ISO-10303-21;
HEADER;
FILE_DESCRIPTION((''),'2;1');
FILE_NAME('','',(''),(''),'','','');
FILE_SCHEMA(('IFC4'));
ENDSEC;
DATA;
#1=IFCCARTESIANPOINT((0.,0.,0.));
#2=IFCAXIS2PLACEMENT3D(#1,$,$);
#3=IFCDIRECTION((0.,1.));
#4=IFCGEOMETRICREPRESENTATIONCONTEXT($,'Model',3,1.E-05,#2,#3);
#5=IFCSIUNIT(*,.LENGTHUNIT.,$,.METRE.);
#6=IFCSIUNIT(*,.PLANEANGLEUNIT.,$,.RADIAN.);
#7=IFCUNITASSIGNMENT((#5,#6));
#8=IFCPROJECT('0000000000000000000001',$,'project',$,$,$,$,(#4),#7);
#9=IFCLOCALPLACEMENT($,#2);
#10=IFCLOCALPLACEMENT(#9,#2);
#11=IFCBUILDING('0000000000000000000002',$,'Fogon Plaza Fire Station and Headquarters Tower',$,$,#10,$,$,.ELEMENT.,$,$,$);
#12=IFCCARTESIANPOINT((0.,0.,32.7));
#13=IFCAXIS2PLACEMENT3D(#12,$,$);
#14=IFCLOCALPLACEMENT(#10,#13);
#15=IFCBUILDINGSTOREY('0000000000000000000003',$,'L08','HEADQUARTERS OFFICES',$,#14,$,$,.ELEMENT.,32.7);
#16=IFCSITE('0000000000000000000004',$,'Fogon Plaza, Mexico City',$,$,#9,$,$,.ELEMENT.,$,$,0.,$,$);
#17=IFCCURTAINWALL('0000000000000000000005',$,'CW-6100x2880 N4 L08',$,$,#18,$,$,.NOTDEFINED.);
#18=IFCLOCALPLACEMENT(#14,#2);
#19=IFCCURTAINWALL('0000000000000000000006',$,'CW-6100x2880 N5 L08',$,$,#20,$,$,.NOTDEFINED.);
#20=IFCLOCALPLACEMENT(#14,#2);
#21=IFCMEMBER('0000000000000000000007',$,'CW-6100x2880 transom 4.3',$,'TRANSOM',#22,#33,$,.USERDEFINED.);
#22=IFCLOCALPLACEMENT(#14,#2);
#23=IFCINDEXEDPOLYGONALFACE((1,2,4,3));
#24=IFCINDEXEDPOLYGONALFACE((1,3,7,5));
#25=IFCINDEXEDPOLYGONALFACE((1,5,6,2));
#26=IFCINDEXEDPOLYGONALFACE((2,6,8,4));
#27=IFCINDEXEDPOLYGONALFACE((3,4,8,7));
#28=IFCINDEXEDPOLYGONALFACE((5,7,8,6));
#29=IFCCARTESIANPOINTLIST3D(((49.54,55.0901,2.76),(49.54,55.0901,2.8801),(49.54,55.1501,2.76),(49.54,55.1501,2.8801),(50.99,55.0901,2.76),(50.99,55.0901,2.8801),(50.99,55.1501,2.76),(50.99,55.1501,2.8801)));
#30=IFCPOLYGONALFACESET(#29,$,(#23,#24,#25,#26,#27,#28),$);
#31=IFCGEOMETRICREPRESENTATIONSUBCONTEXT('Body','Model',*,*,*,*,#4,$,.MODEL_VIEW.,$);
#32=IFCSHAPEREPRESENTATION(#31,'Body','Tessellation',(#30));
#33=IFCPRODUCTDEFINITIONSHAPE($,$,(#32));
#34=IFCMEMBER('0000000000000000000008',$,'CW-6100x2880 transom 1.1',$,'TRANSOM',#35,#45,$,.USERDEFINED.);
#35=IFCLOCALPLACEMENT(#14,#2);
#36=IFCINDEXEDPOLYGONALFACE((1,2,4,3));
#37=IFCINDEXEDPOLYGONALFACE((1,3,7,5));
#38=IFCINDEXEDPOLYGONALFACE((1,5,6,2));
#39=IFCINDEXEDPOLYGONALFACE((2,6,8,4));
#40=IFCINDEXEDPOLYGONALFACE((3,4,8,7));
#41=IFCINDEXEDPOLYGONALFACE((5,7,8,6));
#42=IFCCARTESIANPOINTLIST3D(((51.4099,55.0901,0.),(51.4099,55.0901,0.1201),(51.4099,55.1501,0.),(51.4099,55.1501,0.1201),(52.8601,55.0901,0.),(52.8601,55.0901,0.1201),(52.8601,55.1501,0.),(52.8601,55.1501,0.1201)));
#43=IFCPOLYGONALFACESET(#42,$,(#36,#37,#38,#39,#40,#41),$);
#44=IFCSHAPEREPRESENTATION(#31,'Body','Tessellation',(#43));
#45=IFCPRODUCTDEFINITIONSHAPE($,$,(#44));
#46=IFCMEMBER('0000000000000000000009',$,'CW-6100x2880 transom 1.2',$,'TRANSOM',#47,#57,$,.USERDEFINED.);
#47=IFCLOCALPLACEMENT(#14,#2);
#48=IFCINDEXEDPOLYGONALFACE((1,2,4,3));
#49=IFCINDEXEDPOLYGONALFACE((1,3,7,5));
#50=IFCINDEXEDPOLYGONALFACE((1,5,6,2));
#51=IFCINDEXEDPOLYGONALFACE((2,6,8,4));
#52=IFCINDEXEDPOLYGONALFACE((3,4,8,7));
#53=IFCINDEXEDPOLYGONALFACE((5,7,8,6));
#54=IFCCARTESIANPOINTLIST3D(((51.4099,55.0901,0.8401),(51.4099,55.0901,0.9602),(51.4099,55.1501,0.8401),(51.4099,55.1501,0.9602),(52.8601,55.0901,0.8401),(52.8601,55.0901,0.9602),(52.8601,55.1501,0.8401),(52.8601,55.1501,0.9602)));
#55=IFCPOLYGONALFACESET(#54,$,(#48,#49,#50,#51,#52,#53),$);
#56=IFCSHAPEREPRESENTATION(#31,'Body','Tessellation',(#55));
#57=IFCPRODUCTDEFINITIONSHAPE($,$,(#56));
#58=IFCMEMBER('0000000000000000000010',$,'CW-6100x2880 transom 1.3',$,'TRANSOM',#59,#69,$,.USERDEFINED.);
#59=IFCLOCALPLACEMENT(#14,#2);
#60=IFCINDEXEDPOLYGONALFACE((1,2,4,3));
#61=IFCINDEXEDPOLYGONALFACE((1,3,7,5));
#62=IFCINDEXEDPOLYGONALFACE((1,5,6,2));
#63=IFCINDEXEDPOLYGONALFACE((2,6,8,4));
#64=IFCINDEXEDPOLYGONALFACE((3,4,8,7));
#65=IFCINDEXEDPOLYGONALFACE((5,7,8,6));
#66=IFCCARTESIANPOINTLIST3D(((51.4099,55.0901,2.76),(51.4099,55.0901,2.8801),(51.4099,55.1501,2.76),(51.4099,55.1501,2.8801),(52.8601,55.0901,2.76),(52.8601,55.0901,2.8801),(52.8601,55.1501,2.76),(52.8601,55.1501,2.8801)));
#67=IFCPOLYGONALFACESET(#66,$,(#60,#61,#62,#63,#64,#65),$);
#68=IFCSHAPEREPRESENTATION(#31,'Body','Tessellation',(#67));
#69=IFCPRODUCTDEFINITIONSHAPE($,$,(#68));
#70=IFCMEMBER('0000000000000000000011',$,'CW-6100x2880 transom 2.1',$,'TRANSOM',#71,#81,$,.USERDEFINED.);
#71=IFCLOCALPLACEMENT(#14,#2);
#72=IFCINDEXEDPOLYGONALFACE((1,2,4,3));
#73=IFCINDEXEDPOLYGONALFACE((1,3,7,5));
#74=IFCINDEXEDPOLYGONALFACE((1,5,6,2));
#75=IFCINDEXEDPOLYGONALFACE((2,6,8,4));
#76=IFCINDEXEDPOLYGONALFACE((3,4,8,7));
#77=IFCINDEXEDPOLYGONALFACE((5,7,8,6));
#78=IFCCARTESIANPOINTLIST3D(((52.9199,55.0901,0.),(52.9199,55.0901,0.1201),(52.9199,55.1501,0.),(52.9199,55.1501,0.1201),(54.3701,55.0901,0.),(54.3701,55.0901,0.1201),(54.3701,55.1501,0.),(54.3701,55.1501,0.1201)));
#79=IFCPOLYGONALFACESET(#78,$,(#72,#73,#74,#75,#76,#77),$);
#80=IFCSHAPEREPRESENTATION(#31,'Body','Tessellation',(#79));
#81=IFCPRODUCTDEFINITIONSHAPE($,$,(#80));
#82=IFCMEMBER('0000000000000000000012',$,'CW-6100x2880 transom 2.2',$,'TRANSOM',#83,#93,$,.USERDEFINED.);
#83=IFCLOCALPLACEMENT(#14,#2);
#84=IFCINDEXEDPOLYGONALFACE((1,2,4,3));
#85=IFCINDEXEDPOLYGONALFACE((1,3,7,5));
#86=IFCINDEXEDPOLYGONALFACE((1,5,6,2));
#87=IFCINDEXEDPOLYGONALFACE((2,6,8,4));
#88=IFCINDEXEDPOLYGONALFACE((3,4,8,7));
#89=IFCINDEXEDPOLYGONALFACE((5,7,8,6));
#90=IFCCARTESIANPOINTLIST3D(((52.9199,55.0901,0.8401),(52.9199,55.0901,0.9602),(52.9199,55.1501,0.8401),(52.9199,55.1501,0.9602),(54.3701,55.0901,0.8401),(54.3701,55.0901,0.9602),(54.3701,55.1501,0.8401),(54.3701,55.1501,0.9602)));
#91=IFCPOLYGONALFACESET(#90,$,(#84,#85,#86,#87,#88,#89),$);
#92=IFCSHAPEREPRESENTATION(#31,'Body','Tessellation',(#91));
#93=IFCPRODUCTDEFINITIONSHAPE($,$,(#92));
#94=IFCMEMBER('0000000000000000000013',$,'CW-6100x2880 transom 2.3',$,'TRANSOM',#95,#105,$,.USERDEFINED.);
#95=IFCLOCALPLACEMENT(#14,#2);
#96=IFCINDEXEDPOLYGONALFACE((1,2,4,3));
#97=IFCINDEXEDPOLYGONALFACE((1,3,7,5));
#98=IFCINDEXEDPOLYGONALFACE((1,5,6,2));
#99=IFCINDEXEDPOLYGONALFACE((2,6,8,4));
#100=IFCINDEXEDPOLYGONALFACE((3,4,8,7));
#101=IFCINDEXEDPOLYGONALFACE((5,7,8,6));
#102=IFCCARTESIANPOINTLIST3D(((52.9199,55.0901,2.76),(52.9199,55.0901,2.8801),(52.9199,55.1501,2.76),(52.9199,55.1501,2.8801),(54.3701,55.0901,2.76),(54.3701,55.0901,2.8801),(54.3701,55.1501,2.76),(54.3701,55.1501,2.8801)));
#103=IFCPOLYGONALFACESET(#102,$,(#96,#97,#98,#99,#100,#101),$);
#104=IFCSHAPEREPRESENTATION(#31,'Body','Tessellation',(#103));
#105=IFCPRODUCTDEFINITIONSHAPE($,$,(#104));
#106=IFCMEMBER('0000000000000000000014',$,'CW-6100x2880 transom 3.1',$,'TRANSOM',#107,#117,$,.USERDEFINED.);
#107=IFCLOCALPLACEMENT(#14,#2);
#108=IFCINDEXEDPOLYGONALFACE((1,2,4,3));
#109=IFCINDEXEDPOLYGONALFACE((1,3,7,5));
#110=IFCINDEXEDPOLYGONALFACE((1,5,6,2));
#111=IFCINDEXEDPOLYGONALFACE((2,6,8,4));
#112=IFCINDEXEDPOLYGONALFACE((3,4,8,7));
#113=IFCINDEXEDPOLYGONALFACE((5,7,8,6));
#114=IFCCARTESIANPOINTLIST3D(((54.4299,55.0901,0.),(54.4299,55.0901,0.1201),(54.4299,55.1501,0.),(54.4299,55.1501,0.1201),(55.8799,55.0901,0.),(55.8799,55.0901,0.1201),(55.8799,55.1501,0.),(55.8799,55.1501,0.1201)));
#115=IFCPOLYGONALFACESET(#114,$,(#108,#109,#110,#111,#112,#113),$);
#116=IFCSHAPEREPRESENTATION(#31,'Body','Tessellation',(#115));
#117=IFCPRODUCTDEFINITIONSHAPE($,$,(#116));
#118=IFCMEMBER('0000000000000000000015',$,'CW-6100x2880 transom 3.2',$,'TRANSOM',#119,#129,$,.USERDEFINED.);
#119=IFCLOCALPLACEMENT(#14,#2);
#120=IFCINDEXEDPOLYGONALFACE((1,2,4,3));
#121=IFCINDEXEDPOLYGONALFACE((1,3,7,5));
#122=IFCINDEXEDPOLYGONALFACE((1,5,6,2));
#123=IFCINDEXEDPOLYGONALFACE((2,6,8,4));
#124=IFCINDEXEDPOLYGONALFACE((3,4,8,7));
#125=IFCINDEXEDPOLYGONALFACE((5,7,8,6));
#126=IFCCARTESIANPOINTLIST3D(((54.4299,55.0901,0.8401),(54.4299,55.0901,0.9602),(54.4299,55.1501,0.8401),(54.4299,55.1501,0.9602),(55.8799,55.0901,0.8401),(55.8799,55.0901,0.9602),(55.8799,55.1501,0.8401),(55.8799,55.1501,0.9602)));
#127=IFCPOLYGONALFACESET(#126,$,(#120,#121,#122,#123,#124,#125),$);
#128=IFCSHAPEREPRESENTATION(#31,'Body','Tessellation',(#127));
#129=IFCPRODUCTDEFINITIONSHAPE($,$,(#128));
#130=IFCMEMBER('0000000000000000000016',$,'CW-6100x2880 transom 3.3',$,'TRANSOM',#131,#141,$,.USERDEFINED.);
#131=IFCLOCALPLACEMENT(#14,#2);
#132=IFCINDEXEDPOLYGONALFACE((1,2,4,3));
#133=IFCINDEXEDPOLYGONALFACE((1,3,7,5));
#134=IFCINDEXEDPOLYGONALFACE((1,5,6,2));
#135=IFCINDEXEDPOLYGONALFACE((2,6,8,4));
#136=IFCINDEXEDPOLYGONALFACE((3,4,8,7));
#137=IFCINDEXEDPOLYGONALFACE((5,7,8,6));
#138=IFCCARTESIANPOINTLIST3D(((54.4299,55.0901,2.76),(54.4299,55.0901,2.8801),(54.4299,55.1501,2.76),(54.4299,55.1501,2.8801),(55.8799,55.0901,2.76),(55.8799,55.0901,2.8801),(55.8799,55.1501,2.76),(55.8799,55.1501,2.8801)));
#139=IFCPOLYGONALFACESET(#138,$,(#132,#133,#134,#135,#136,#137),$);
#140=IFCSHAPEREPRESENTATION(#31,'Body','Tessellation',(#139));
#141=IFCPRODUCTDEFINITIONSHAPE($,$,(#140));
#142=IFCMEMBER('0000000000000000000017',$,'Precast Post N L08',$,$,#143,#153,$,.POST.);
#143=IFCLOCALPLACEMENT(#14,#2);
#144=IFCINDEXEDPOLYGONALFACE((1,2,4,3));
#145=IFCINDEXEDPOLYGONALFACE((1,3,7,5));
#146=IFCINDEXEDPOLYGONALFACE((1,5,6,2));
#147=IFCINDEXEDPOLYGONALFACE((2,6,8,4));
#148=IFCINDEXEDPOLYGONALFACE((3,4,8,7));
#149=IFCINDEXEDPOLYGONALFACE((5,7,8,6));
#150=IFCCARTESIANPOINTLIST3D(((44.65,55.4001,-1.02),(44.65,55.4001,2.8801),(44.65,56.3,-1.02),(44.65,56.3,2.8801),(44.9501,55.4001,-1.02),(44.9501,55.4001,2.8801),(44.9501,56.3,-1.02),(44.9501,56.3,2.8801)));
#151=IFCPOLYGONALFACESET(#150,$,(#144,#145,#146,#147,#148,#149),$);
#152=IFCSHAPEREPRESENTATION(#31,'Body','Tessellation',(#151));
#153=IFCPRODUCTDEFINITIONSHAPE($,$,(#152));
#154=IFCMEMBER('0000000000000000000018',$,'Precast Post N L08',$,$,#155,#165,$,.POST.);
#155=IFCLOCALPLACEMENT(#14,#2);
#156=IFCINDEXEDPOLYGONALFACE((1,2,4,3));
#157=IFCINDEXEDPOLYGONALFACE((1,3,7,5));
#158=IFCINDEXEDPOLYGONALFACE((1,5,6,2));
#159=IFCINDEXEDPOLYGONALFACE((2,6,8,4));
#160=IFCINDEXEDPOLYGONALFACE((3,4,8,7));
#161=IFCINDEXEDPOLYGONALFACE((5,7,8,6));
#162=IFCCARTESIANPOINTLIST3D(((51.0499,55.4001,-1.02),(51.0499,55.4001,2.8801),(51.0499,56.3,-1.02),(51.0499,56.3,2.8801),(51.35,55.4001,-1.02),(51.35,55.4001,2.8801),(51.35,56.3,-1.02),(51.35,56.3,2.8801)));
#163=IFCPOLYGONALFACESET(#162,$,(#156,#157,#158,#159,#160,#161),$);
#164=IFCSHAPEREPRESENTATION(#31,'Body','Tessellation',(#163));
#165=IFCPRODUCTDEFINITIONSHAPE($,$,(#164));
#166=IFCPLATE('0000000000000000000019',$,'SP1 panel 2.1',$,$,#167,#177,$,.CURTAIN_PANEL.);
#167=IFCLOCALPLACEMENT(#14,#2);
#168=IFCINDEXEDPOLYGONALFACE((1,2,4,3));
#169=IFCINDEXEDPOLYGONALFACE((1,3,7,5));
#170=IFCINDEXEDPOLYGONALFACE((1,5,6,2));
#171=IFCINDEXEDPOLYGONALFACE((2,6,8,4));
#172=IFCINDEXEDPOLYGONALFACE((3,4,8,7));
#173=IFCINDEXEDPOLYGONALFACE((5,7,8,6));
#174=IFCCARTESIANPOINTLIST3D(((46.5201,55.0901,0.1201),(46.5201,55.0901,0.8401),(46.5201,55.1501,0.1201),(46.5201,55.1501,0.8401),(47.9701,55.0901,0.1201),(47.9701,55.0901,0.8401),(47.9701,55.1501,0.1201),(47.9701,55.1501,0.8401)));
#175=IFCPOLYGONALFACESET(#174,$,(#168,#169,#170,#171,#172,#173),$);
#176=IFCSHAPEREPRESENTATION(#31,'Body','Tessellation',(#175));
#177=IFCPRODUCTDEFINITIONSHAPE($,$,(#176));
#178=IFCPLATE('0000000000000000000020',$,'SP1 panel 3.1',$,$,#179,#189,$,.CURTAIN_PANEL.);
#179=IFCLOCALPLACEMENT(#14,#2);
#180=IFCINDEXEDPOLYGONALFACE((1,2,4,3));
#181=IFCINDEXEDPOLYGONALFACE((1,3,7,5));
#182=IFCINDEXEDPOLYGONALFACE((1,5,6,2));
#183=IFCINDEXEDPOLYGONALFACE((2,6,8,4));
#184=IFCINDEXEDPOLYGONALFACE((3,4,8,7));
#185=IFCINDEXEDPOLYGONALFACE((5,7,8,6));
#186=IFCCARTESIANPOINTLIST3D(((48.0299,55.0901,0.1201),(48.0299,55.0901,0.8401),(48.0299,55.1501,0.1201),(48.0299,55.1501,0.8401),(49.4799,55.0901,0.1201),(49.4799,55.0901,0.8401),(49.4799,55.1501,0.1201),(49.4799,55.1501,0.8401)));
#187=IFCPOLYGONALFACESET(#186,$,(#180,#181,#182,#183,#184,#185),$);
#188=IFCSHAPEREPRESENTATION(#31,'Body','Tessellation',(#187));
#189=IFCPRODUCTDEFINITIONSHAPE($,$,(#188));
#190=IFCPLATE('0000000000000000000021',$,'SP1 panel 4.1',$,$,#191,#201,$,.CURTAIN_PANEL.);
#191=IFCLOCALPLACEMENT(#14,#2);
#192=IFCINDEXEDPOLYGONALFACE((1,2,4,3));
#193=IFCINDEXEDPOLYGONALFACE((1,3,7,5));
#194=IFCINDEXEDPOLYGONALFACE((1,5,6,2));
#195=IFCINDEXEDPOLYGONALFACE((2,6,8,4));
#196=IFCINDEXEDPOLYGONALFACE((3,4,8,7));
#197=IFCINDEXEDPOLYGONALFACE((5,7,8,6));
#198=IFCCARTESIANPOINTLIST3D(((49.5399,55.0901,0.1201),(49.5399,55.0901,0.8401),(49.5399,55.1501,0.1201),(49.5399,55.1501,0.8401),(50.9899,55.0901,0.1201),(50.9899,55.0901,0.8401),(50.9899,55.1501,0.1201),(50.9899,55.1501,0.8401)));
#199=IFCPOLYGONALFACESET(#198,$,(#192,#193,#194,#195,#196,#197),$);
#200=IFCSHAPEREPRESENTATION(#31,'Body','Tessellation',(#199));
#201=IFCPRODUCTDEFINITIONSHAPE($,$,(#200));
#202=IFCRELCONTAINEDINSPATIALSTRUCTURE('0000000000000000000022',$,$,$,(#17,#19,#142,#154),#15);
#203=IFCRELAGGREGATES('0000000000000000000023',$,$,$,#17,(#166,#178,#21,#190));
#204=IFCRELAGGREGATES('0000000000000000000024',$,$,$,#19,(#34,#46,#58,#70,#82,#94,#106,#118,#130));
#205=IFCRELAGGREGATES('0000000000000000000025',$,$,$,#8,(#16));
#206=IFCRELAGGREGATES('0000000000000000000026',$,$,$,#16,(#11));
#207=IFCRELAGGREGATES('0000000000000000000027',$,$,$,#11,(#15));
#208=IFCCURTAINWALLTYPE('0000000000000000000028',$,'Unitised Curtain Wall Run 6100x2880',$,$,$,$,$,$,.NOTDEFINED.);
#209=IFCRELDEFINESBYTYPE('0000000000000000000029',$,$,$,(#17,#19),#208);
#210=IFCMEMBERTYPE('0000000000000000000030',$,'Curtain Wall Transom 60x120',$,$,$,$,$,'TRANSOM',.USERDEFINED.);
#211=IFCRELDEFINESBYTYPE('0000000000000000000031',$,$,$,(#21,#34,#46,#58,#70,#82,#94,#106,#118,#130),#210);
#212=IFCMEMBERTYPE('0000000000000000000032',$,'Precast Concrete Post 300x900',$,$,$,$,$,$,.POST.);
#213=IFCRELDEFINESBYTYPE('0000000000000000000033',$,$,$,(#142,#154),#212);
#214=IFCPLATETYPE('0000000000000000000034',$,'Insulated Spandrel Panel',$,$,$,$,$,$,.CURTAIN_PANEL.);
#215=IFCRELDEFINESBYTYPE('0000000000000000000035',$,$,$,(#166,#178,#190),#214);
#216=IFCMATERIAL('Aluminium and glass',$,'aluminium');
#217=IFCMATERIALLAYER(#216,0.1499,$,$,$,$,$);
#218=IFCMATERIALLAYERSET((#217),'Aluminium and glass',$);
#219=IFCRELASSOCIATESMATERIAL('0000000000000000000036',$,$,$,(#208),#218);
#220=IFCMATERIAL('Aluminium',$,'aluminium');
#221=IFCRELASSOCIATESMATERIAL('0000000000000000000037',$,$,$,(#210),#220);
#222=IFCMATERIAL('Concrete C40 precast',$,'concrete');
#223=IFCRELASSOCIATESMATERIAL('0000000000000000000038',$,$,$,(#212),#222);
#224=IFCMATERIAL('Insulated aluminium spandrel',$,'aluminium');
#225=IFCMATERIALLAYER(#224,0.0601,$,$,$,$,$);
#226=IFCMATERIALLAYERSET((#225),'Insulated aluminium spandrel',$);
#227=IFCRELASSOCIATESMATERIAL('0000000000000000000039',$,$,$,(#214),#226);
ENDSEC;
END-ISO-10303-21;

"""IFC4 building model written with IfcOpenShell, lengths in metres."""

from ifc_helpers import new_model, si_unit, direction, frame, origin, origin_2d, place, context, subcontext, project, spatial, rectangle, extrude, material, layer, layer_set, material_profile, profile_set, type_object, element, aggregate, save


model = new_model("IFC4")

# Units and contexts
model_context = context("Model", 3, precision=1e-05, world=origin(), true_north=direction((0.0, 1.0)))
body_context = subcontext(model_context, "Body", "Model", "MODEL_VIEW")
ifc_project = project(units=[si_unit("LENGTHUNIT", "METRE"), si_unit("PLANEANGLEUNIT", "RADIAN")], contexts=[model_context])

# Site, building, storey
site_placement = place(None, origin())
site = spatial("IfcSite", under=ifc_project, at=site_placement, Name="Fogon Plaza, Mexico City", CompositionType="ELEMENT", RefElevation=0.0)
building_placement = place(site_placement, origin())
building = spatial("IfcBuilding", under=site, at=building_placement, Name="Fogon Plaza Fire Station and Headquarters Tower", CompositionType="ELEMENT")
storey_placement = place(building_placement, frame((0.0, 0.0, 32.7)))
storey = spatial("IfcBuildingStorey", under=building, at=storey_placement, Name="L08", Description="HEADQUARTERS OFFICES", CompositionType="ELEMENT", Elevation=32.7)

# Curtain walls
ifc_material_1 = material(Name="Aluminium and glass", Category="aluminium")
ifc_layer_1 = layer(ifc_material_1, 0.1499)
ifc_layer_set_1 = layer_set([ifc_layer_1], Name="Aluminium and glass")
curtain_wall_type = type_object("IfcCurtainWallType", Name="Unitised Curtain Wall Run 6100x2880", PredefinedType="NOTDEFINED", material=ifc_layer_set_1)
curtain_wall_1_placement = place(storey_placement, origin())
curtain_wall_1 = element("IfcCurtainWall", 1, at=curtain_wall_1_placement, inside=storey, type_object=curtain_wall_type, Name="CW-6100x2880 N4 L08", PredefinedType="NOTDEFINED")
curtain_wall_2_placement = place(storey_placement, origin())
curtain_wall_2 = element("IfcCurtainWall", 2, at=curtain_wall_2_placement, inside=storey, type_object=curtain_wall_type, Name="CW-6100x2880 N5 L08", PredefinedType="NOTDEFINED")

# Members
ifc_material_2 = material(Name="Aluminium", Category="aluminium")
ifc_material_profile_1 = material_profile(ifc_material_2, rectangle(XDim=0.0601, YDim=0.1201, at=origin_2d()), Name="Curtain Wall Transom 60x120")
ifc_profile_set_1 = profile_set([ifc_material_profile_1], Name="Aluminium")
member_type_1 = type_object("IfcMemberType", Name="Curtain Wall Transom 60x120", ElementType="TRANSOM", PredefinedType="USERDEFINED", material=ifc_profile_set_1)
member_1_placement = place(storey_placement, frame((49.54, 55.1201, 2.8201), z_axis=(1.0, 0.0, 0.0), x_axis=(0.0, 1.0, 0.0)))
member_1 = element("IfcMember", 3, at=member_1_placement, type_object=member_type_1, Name="CW-6100x2880 transom 4.3", ObjectType="TRANSOM", PredefinedType="USERDEFINED", context=body_context, shape_type="SweptSolid", body=[
    extrude(rectangle(XDim=0.0601, YDim=0.1201, at=origin_2d()), origin(), (0.0, 0.0, 1.0), 1.45),
])
member_2_placement = place(storey_placement, frame((51.4099, 55.1201, 0.0601), z_axis=(1.0, 0.0, 0.0), x_axis=(0.0, 1.0, 0.0)))
member_2 = element("IfcMember", 4, at=member_2_placement, type_object=member_type_1, Name="CW-6100x2880 transom 1.1", ObjectType="TRANSOM", PredefinedType="USERDEFINED", context=body_context, shape_type="SweptSolid", body=[
    extrude(rectangle(XDim=0.0601, YDim=0.1201, at=origin_2d()), origin(), (0.0, 0.0, 1.0), 1.4502),
])
member_3_placement = place(storey_placement, frame((51.4099, 55.1201, 0.9001), z_axis=(1.0, 0.0, 0.0), x_axis=(0.0, 1.0, 0.0)))
member_3 = element("IfcMember", 5, at=member_3_placement, type_object=member_type_1, Name="CW-6100x2880 transom 1.2", ObjectType="TRANSOM", PredefinedType="USERDEFINED", context=body_context, shape_type="SweptSolid", body=[
    extrude(rectangle(XDim=0.0601, YDim=0.1201, at=origin_2d()), origin(), (0.0, 0.0, 1.0), 1.4502),
])
member_4_placement = place(storey_placement, frame((51.4099, 55.1201, 2.8201), z_axis=(1.0, 0.0, 0.0), x_axis=(0.0, 1.0, 0.0)))
member_4 = element("IfcMember", 6, at=member_4_placement, type_object=member_type_1, Name="CW-6100x2880 transom 1.3", ObjectType="TRANSOM", PredefinedType="USERDEFINED", context=body_context, shape_type="SweptSolid", body=[
    extrude(rectangle(XDim=0.0601, YDim=0.1201, at=origin_2d()), origin(), (0.0, 0.0, 1.0), 1.4502),
])
member_5_placement = place(storey_placement, frame((52.9199, 55.1201, 0.0601), z_axis=(1.0, 0.0, 0.0), x_axis=(0.0, 1.0, 0.0)))
member_5 = element("IfcMember", 7, at=member_5_placement, type_object=member_type_1, Name="CW-6100x2880 transom 2.1", ObjectType="TRANSOM", PredefinedType="USERDEFINED", context=body_context, shape_type="SweptSolid", body=[
    extrude(rectangle(XDim=0.0601, YDim=0.1201, at=origin_2d()), origin(), (0.0, 0.0, 1.0), 1.4502),
])
member_6_placement = place(storey_placement, frame((52.9199, 55.1201, 0.9001), z_axis=(1.0, 0.0, 0.0), x_axis=(0.0, 1.0, 0.0)))
member_6 = element("IfcMember", 8, at=member_6_placement, type_object=member_type_1, Name="CW-6100x2880 transom 2.2", ObjectType="TRANSOM", PredefinedType="USERDEFINED", context=body_context, shape_type="SweptSolid", body=[
    extrude(rectangle(XDim=0.0601, YDim=0.1201, at=origin_2d()), origin(), (0.0, 0.0, 1.0), 1.4502),
])
member_7_placement = place(storey_placement, frame((52.9199, 55.1201, 2.8201), z_axis=(1.0, 0.0, 0.0), x_axis=(0.0, 1.0, 0.0)))
member_7 = element("IfcMember", 9, at=member_7_placement, type_object=member_type_1, Name="CW-6100x2880 transom 2.3", ObjectType="TRANSOM", PredefinedType="USERDEFINED", context=body_context, shape_type="SweptSolid", body=[
    extrude(rectangle(XDim=0.0601, YDim=0.1201, at=origin_2d()), origin(), (0.0, 0.0, 1.0), 1.4502),
])
member_8_placement = place(storey_placement, frame((54.4299, 55.1201, 0.0601), z_axis=(1.0, 0.0, 0.0), x_axis=(0.0, 1.0, 0.0)))
member_8 = element("IfcMember", 10, at=member_8_placement, type_object=member_type_1, Name="CW-6100x2880 transom 3.1", ObjectType="TRANSOM", PredefinedType="USERDEFINED", context=body_context, shape_type="SweptSolid", body=[
    extrude(rectangle(XDim=0.0601, YDim=0.1201, at=origin_2d()), origin(), (0.0, 0.0, 1.0), 1.45),
])
member_9_placement = place(storey_placement, frame((54.4299, 55.1201, 0.9001), z_axis=(1.0, 0.0, 0.0), x_axis=(0.0, 1.0, 0.0)))
member_9 = element("IfcMember", 11, at=member_9_placement, type_object=member_type_1, Name="CW-6100x2880 transom 3.2", ObjectType="TRANSOM", PredefinedType="USERDEFINED", context=body_context, shape_type="SweptSolid", body=[
    extrude(rectangle(XDim=0.0601, YDim=0.1201, at=origin_2d()), origin(), (0.0, 0.0, 1.0), 1.45),
])
member_10_placement = place(storey_placement, frame((54.4299, 55.1201, 2.8201), z_axis=(1.0, 0.0, 0.0), x_axis=(0.0, 1.0, 0.0)))
member_10 = element("IfcMember", 12, at=member_10_placement, type_object=member_type_1, Name="CW-6100x2880 transom 3.3", ObjectType="TRANSOM", PredefinedType="USERDEFINED", context=body_context, shape_type="SweptSolid", body=[
    extrude(rectangle(XDim=0.0601, YDim=0.1201, at=origin_2d()), origin(), (0.0, 0.0, 1.0), 1.45),
])

# Members
ifc_material_3 = material(Name="Concrete C40 precast", Category="concrete")
ifc_material_profile_2 = material_profile(ifc_material_3, rectangle(XDim=0.3, YDim=0.8999, at=origin_2d()), Name="Precast Concrete Post 300x900")
ifc_profile_set_2 = profile_set([ifc_material_profile_2], Name="Concrete C40 precast")
member_type_2 = type_object("IfcMemberType", Name="Precast Concrete Post 300x900", PredefinedType="POST", material=ifc_profile_set_2)
for number, where, z_axis, x_axis, name in (
    (13, (44.8, 55.8501, -1.02), (0.0, 0.0, 1.0), (1.0, 0.0, 0.0), "Precast Post N L08"),
    (14, (51.2, 55.8501, -1.02), (0.0, 0.0, 1.0), (1.0, 0.0, 0.0), "Precast Post N L08"),
):
    element("IfcMember", number, at=place(storey_placement, frame(where, z_axis=z_axis, x_axis=x_axis)), inside=storey, type_object=member_type_2, Name=name, PredefinedType="POST", context=body_context, shape_type="SweptSolid", body=[
        extrude(rectangle(XDim=0.3, YDim=0.8999, at=origin_2d()), origin(), (0.0, 0.0, 1.0), 3.9001),
    ])

# Plates
ifc_material_4 = material(Name="Insulated aluminium spandrel", Category="aluminium")
ifc_layer_2 = layer(ifc_material_4, 0.0601)
ifc_layer_set_2 = layer_set([ifc_layer_2], Name="Insulated aluminium spandrel")
plate_type_1 = type_object("IfcPlateType", Name="Insulated Spandrel Panel", PredefinedType="CURTAIN_PANEL", material=ifc_layer_set_2)
plate_1_placement = place(storey_placement, frame((47.2451, 55.1201, 0.1201), z_axis=(0.0, 0.0, 1.0), x_axis=(1.0, 0.0, 0.0)))
plate_1 = element("IfcPlate", 15, at=plate_1_placement, type_object=plate_type_1, Name="SP1 panel 2.1", PredefinedType="CURTAIN_PANEL", context=body_context, shape_type="SweptSolid", body=[
    extrude(rectangle(XDim=1.45, YDim=0.0601, at=origin_2d()), origin(), (0.0, 0.0, 1.0), 0.72),
])
plate_2_placement = place(storey_placement, frame((48.7549, 55.1201, 0.1201), z_axis=(0.0, 0.0, 1.0), x_axis=(1.0, 0.0, 0.0)))
plate_2 = element("IfcPlate", 16, at=plate_2_placement, type_object=plate_type_1, Name="SP1 panel 3.1", PredefinedType="CURTAIN_PANEL", context=body_context, shape_type="SweptSolid", body=[
    extrude(rectangle(XDim=1.45, YDim=0.0601, at=origin_2d()), origin(), (0.0, 0.0, 1.0), 0.72),
])
plate_3_placement = place(storey_placement, frame((50.2649, 55.1201, 0.1201), z_axis=(0.0, 0.0, 1.0), x_axis=(1.0, 0.0, 0.0)))
plate_3 = element("IfcPlate", 17, at=plate_3_placement, type_object=plate_type_1, Name="SP1 panel 4.1", PredefinedType="CURTAIN_PANEL", context=body_context, shape_type="SweptSolid", body=[
    extrude(rectangle(XDim=1.45, YDim=0.0601, at=origin_2d()), origin(), (0.0, 0.0, 1.0), 0.72),
])
aggregate(curtain_wall_1, [plate_1, plate_2, member_1, plate_3])
aggregate(curtain_wall_2, [member_2, member_3, member_4, member_5, member_6, member_7, member_8, member_9, member_10])

save(model, "model.ifc")
